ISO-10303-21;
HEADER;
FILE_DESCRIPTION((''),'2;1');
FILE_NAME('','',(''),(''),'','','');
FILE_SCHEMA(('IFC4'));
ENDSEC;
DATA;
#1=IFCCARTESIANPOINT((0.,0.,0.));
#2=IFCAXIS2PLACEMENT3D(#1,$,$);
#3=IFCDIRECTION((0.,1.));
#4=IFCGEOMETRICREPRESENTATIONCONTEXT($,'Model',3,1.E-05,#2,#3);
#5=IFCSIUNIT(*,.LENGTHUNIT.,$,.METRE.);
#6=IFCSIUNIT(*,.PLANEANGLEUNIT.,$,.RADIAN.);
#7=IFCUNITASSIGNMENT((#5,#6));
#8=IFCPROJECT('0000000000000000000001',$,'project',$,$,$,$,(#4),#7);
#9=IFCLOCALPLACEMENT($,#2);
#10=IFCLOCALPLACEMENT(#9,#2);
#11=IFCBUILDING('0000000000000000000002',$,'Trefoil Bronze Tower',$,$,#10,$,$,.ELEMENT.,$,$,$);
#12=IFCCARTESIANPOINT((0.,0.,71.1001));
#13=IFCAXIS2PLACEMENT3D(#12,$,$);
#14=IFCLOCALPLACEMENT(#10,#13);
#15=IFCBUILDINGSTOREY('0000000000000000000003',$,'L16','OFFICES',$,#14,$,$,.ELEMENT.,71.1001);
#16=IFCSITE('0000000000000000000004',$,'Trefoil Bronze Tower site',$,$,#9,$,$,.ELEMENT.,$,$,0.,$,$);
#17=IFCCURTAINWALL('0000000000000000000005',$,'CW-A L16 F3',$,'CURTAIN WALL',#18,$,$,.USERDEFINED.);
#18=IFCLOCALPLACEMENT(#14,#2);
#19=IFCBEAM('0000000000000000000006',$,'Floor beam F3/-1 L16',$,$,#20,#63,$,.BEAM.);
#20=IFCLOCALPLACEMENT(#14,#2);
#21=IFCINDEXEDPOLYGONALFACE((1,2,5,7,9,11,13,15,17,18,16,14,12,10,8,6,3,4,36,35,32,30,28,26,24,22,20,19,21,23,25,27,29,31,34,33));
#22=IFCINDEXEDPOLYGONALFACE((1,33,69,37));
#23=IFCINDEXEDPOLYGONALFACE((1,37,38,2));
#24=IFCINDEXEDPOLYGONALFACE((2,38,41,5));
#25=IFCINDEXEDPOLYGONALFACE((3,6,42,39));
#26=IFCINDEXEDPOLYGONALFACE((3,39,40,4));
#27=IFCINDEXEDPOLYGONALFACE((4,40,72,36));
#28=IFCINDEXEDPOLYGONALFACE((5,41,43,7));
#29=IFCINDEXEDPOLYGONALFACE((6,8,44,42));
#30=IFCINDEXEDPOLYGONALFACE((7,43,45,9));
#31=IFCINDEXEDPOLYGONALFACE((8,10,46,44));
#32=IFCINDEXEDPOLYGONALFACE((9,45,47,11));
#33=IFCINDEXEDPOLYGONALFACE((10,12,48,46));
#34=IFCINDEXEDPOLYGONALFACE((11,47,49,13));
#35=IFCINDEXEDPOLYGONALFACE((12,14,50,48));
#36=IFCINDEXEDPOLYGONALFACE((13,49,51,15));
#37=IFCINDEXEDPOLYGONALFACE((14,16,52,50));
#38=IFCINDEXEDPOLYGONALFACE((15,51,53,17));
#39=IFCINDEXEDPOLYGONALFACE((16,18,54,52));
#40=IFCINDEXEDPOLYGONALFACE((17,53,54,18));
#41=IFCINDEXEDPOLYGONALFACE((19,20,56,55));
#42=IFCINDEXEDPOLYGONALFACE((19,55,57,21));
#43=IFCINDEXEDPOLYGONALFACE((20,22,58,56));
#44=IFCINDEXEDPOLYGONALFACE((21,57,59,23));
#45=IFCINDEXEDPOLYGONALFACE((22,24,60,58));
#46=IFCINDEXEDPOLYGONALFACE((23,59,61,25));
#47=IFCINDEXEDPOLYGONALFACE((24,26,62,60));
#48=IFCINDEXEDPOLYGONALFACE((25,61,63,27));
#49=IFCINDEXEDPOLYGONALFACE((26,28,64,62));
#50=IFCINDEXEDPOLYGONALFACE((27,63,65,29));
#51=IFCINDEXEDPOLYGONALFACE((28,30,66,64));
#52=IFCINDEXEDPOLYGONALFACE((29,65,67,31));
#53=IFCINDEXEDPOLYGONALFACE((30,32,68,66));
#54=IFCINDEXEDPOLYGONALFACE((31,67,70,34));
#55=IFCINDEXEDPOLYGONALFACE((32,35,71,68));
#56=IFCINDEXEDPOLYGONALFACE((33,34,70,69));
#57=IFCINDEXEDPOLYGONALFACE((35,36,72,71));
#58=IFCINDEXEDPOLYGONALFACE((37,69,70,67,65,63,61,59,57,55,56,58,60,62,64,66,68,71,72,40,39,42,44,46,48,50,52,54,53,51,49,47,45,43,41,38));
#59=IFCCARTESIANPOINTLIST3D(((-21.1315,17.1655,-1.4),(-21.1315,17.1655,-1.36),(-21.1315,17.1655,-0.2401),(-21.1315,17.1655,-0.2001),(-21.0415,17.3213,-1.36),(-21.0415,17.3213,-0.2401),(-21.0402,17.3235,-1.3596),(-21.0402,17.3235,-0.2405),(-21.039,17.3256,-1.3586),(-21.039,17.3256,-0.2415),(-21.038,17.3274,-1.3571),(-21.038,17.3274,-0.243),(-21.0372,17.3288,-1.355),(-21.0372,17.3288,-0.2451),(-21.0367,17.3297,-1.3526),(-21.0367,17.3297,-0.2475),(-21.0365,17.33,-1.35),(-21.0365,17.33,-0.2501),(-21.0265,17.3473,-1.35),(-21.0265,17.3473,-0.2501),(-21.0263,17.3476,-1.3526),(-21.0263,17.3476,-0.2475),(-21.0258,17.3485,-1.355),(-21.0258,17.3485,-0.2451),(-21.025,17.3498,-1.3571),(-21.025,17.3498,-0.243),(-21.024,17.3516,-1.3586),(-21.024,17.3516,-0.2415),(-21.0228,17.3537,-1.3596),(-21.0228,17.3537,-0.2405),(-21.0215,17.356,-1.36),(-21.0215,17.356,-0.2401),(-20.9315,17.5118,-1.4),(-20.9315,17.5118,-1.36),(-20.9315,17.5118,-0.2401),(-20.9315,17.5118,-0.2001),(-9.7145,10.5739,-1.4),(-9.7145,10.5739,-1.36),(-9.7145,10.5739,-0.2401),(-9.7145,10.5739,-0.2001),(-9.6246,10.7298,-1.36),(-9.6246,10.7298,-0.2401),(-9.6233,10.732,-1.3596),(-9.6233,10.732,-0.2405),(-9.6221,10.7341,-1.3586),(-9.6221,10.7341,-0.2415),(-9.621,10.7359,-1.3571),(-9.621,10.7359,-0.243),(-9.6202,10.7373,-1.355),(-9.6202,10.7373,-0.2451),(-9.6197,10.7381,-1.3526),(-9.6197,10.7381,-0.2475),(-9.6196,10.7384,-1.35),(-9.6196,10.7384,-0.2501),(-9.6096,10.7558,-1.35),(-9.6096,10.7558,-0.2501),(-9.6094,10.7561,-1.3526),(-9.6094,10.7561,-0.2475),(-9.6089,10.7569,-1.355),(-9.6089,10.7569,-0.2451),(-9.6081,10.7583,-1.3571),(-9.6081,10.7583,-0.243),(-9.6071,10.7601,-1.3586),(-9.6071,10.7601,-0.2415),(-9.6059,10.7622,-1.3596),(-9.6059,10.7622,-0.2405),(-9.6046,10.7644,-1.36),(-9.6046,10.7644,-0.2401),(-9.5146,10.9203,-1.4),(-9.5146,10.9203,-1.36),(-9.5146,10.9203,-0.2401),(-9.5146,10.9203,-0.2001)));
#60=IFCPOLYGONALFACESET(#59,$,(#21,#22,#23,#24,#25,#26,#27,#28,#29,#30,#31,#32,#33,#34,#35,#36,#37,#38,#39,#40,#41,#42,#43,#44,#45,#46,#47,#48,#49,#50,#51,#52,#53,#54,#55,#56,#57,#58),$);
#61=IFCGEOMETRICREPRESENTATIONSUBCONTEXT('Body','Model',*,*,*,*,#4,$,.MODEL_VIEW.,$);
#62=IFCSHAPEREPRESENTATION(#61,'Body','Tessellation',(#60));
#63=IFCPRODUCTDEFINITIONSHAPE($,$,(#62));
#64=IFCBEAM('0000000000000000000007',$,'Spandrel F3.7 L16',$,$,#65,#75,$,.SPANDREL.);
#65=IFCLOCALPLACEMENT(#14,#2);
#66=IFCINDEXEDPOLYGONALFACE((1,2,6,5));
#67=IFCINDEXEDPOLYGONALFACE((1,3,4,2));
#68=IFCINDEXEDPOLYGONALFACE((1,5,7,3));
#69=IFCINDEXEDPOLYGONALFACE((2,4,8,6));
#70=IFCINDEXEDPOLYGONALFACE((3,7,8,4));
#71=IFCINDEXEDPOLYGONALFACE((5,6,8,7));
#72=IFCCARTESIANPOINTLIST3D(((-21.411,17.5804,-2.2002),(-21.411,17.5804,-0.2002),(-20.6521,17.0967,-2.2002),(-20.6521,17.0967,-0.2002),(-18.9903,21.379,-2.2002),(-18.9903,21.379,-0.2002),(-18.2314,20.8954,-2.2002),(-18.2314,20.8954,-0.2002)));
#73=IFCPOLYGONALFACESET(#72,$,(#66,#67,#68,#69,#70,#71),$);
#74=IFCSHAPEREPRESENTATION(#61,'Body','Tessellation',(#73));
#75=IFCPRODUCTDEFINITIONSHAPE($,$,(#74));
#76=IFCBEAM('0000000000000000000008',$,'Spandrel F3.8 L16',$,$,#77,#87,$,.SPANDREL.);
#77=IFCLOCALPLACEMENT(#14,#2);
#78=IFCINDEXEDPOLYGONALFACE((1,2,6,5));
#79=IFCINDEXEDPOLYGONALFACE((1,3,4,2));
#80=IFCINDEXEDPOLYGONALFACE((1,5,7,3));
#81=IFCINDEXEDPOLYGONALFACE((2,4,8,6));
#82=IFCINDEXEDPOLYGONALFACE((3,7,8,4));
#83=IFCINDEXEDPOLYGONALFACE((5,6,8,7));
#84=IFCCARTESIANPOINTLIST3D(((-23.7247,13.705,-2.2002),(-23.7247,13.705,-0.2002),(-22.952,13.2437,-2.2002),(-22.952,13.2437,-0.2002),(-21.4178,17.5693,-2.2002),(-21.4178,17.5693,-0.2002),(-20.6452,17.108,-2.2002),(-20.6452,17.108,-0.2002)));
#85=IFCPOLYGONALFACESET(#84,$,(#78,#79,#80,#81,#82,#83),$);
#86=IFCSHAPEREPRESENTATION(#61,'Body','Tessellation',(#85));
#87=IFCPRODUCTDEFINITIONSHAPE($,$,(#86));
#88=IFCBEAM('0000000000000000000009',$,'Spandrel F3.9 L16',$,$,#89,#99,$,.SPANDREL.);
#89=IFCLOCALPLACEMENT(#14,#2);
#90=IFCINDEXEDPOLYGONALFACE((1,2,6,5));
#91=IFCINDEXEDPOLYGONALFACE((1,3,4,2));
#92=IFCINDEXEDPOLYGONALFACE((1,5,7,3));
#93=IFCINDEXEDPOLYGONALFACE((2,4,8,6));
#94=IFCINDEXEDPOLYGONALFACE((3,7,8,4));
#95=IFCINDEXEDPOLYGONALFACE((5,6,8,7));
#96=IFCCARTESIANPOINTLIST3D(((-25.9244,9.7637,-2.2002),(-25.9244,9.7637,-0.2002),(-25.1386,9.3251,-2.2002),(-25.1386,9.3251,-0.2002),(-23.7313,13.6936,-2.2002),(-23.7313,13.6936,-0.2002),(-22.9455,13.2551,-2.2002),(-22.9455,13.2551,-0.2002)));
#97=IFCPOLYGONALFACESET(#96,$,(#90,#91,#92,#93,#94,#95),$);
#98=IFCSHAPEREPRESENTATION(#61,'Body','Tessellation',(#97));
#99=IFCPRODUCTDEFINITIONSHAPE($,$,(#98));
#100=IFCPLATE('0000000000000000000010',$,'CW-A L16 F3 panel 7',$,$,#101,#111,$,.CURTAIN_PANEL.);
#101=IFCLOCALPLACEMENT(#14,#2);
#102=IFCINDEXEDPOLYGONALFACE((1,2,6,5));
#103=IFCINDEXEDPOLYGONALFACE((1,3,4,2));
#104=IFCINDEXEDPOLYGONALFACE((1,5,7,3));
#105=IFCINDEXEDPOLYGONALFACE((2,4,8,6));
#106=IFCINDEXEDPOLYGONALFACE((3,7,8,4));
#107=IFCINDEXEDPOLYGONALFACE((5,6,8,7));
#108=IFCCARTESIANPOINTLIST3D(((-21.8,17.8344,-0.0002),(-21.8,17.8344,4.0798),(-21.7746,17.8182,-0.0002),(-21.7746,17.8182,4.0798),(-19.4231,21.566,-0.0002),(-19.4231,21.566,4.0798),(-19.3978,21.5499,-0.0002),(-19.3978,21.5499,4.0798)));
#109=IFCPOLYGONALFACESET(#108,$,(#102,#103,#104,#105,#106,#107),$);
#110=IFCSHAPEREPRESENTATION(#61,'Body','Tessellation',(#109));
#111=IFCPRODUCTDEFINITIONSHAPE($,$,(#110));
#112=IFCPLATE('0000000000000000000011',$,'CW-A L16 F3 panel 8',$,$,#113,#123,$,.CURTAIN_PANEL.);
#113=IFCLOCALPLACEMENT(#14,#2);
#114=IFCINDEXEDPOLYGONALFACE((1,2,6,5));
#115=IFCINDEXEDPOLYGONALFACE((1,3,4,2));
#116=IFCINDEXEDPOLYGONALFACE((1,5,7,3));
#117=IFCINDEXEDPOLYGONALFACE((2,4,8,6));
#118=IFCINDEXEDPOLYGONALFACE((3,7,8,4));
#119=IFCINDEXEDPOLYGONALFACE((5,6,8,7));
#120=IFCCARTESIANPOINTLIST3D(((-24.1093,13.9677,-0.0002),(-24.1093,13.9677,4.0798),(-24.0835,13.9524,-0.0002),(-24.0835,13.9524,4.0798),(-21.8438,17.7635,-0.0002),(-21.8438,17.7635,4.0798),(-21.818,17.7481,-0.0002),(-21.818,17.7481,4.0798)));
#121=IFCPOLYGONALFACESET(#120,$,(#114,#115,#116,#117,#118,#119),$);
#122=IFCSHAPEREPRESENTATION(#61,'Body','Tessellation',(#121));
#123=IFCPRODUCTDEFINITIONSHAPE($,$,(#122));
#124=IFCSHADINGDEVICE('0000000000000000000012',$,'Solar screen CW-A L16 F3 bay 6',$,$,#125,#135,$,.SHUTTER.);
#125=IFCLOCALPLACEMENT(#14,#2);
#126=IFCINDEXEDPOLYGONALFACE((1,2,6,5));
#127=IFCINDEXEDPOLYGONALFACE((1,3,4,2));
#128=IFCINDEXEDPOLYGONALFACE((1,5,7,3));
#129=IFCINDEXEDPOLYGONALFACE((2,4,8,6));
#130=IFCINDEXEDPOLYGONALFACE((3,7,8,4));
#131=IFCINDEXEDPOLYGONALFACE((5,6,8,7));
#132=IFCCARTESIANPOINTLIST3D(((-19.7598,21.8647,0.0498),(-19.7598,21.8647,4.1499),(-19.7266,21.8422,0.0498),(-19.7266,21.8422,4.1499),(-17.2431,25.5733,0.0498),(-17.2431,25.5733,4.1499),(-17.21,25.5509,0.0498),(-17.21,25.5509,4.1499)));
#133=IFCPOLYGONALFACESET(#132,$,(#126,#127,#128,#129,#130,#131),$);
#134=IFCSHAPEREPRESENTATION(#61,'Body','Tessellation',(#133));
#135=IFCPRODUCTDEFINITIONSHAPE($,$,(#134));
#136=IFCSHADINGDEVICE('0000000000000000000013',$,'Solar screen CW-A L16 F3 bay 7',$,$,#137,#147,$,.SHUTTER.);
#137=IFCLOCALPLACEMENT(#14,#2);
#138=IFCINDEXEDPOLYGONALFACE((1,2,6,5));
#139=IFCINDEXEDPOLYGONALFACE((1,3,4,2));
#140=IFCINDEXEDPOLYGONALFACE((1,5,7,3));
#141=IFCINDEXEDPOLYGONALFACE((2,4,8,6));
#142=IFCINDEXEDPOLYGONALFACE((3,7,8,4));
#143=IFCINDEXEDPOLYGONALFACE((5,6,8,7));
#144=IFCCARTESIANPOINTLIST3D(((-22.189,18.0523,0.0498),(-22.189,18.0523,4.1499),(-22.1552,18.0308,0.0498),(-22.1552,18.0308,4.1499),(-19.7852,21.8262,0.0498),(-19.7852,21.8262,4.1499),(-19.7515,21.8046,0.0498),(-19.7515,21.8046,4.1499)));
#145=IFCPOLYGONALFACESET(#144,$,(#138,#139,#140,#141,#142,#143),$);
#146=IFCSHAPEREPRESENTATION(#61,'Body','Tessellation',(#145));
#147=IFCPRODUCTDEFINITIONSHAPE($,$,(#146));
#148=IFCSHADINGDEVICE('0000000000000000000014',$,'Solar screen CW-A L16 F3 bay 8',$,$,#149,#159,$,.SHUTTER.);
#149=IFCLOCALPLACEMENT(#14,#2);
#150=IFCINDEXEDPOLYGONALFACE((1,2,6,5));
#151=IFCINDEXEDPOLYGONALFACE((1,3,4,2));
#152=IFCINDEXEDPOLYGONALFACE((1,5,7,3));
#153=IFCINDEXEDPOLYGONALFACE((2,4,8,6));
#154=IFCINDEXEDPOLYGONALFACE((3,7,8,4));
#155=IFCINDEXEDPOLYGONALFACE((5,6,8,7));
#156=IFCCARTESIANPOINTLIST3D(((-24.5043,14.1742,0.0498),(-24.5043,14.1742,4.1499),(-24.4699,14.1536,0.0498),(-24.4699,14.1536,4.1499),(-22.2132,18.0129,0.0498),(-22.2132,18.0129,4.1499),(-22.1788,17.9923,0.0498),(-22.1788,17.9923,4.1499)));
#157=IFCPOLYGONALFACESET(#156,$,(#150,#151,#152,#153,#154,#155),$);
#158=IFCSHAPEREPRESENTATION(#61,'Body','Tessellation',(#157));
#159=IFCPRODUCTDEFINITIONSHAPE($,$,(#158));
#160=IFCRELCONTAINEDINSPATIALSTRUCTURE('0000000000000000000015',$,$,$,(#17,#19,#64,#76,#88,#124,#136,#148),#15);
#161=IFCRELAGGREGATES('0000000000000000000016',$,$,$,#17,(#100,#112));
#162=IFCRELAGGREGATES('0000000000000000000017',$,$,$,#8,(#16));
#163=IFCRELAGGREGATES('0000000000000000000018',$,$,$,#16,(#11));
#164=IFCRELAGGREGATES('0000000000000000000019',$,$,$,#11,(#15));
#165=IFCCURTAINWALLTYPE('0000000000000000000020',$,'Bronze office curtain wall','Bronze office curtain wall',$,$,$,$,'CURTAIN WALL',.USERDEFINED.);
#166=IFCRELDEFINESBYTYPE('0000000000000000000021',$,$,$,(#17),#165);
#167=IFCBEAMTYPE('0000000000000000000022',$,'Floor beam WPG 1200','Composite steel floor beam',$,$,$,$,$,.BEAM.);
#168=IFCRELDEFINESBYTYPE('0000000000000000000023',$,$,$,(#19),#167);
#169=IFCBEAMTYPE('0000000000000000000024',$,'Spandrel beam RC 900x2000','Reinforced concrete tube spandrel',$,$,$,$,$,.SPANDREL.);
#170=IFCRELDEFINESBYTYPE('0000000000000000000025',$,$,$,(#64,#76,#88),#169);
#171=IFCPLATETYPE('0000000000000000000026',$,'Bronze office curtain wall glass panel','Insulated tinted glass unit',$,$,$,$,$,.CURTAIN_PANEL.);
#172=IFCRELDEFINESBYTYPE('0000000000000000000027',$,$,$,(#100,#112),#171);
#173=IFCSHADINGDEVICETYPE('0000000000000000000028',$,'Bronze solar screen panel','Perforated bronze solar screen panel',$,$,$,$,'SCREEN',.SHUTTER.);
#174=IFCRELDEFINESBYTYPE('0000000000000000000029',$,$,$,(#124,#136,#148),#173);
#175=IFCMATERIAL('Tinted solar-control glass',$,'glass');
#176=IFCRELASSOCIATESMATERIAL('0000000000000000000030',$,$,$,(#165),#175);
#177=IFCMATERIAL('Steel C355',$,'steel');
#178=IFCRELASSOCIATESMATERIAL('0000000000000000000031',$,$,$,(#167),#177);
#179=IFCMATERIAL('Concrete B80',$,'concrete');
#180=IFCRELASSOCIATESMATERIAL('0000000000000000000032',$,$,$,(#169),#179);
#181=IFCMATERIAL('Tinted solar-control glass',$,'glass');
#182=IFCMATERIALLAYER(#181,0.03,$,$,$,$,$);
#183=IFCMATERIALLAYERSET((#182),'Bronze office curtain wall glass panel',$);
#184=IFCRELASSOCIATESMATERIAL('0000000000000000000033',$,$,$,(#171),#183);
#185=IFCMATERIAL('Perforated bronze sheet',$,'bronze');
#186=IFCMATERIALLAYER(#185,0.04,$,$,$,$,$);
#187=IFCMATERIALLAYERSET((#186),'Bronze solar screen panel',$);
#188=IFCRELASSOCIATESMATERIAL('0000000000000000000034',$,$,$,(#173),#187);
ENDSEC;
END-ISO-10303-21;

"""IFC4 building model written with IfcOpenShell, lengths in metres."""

from ifc_helpers import new_model, si_unit, direction, frame, origin, origin_2d, place, context, subcontext, project, spatial, rectangle, i_section, extrude, material, layer, layer_set, material_profile, profile_set, type_object, element, aggregate, save


model = new_model("IFC4")

# Units and contexts
model_context = context("Model", 3, precision=1e-05, world=origin(), true_north=direction((0.0, 1.0)))
body_context = subcontext(model_context, "Body", "Model", "MODEL_VIEW")
ifc_project = project(units=[si_unit("LENGTHUNIT", "METRE"), si_unit("PLANEANGLEUNIT", "RADIAN")], contexts=[model_context])

# Site, building, storey
site_placement = place(None, origin())
site = spatial("IfcSite", under=ifc_project, at=site_placement, Name="Trefoil Bronze Tower site", CompositionType="ELEMENT", RefElevation=0.0)
building_placement = place(site_placement, origin())
building = spatial("IfcBuilding", under=site, at=building_placement, Name="Trefoil Bronze Tower", CompositionType="ELEMENT")
storey_placement = place(building_placement, frame((0.0, 0.0, 71.1001)))
storey = spatial("IfcBuildingStorey", under=building, at=storey_placement, Name="L16", Description="OFFICES", CompositionType="ELEMENT", Elevation=71.1001)

# Curtain wall
ifc_material_1 = material(Name="Tinted solar-control glass", Category="glass")
curtain_wall_type = type_object("IfcCurtainWallType", Name="Bronze office curtain wall", Description="Bronze office curtain wall", ElementType="CURTAIN WALL", PredefinedType="USERDEFINED", material=ifc_material_1)
curtain_wall_placement = place(storey_placement, origin())
curtain_wall = element("IfcCurtainWall", 1, at=curtain_wall_placement, inside=storey, type_object=curtain_wall_type, Name="CW-A L16 F3", ObjectType="CURTAIN WALL", PredefinedType="USERDEFINED")

# Beams
ifc_material_2 = material(Name="Steel C355", Category="steel")
ifc_material_profile_1 = material_profile(ifc_material_2, i_section(OverallWidth=0.3999, OverallDepth=1.2, WebThickness=0.02, FlangeThickness=0.04, FilletRadius=0.01, at=origin_2d()), Name="WPG 1200")
ifc_profile_set_1 = profile_set([ifc_material_profile_1], Name="Steel C355")
beam_type_1 = type_object("IfcBeamType", Name="Floor beam WPG 1200", Description="Composite steel floor beam", PredefinedType="BEAM", material=ifc_profile_set_1)
beam_1_placement = place(storey_placement, frame((-21.0315, 17.3386, -0.8), z_axis=(0.866027, -0.499997, 0.0), x_axis=(0.499997, 0.866027, 0.0)))
element("IfcBeam", 2, at=beam_1_placement, inside=storey, type_object=beam_type_1, Name="Floor beam F3/-1 L16", PredefinedType="BEAM", context=body_context, shape_type="SweptSolid", body=[
    extrude(i_section(OverallWidth=0.3999, OverallDepth=1.2, WebThickness=0.02, FlangeThickness=0.04, FilletRadius=0.01, at=origin_2d()), origin(), (0.0, 0.0, 1.0), 13.1831),
])
ifc_material_3 = material(Name="Concrete B80", Category="concrete")
ifc_material_profile_2 = material_profile(ifc_material_3, rectangle(XDim=0.8999, YDim=2.0, at=origin_2d()), Name="RC 900x2000")
ifc_profile_set_2 = profile_set([ifc_material_profile_2], Name="Concrete B80")
beam_type_2 = type_object("IfcBeamType", Name="Spandrel beam RC 900x2000", Description="Reinforced concrete tube spandrel", PredefinedType="SPANDREL", material=ifc_profile_set_2)
beam_2_placement = place(storey_placement, frame((-18.6108, 21.1372, -1.2002), z_axis=(-0.537408, -0.843322, 0.0), x_axis=(0.843322, -0.537408, 0.0)))
element("IfcBeam", 3, at=beam_2_placement, inside=storey, type_object=beam_type_2, Name="Spandrel F3.7 L16", PredefinedType="SPANDREL", context=body_context, shape_type="SweptSolid", body=[
    extrude(rectangle(XDim=0.8999, YDim=2.0, at=origin_2d()), origin(), (0.0, 0.0, 1.0), 4.5044),
])
for number, where, z_axis, x_axis, name in (
    (4, (-21.0315, 17.3386, -1.2002), (-0.512588, -0.858635, 0.0), (0.858635, -0.512588, 0.0), "Spandrel F3.8 L16"),
    (5, (-23.3384, 13.4744, -1.2002), (-0.487309, -0.873229, 0.0), (0.873229, -0.487309, 0.0), "Spandrel F3.9 L16"),
):
    element("IfcBeam", number, at=place(storey_placement, frame(where, z_axis=z_axis, x_axis=x_axis)), inside=storey, type_object=beam_type_2, Name=name, PredefinedType="SPANDREL", context=body_context, shape_type="SweptSolid", body=[
        extrude(rectangle(XDim=0.8999, YDim=2.0, at=origin_2d()), origin(), (0.0, 0.0, 1.0), 4.5005),
    ])

# Plates
ifc_material_4 = material(Name="Tinted solar-control glass", Category="glass")
ifc_layer_1 = layer(ifc_material_4, 0.03)
ifc_layer_set_1 = layer_set([ifc_layer_1], Name="Bronze office curtain wall glass panel")
plate_type = type_object("IfcPlateType", Name="Bronze office curtain wall glass panel", Description="Insulated tinted glass unit", PredefinedType="CURTAIN_PANEL", material=ifc_layer_set_1)
plate_1_placement = place(storey_placement, frame((-20.5989, 19.6921, -0.0002), z_axis=(0.0, 0.0, 1.0), x_axis=(-0.537222, -0.843441, 0.0)))
plate_1 = element("IfcPlate", 6, at=plate_1_placement, type_object=plate_type, Name="CW-A L16 F3 panel 7", PredefinedType="CURTAIN_PANEL", context=body_context, shape_type="SweptSolid", body=[
    extrude(rectangle(XDim=4.4243, YDim=0.03, at=origin_2d()), origin(), (0.0, 0.0, 1.0), 4.0801),
])
plate_2_placement = place(storey_placement, frame((-22.9636, 15.8579, -0.0002), z_axis=(0.0, 0.0, 1.0), x_axis=(-0.512513, -0.85868, 0.0)))
plate_2 = element("IfcPlate", 7, at=plate_2_placement, type_object=plate_type, Name="CW-A L16 F3 panel 8", PredefinedType="CURTAIN_PANEL", context=body_context, shape_type="SweptSolid", body=[
    extrude(rectangle(XDim=4.4204, YDim=0.03, at=origin_2d()), origin(), (0.0, 0.0, 1.0), 4.0801),
])
aggregate(curtain_wall, [plate_1, plate_2])

# Shading devices
ifc_material_5 = material(Name="Perforated bronze sheet", Category="bronze")
ifc_layer_2 = layer(ifc_material_5, 0.04)
ifc_layer_set_2 = layer_set([ifc_layer_2], Name="Bronze solar screen panel")
shading_device_type = type_object("IfcShadingDeviceType", Name="Bronze solar screen panel", Description="Perforated bronze solar screen panel", ElementType="SCREEN", PredefinedType="SHUTTER", material=ifc_layer_set_2)
shading_device_1_placement = place(storey_placement, frame((-18.4849, 23.7078, 0.0498), z_axis=(0.0, 0.0, 1.0), x_axis=(-0.56151, -0.82747, 0.0)))
element("IfcShadingDevice", 8, at=shading_device_1_placement, inside=storey, type_object=shading_device_type, Name="Solar screen CW-A L16 F3 bay 6", PredefinedType="SHUTTER", context=body_context, shape_type="SweptSolid", body=[
    extrude(rectangle(XDim=4.4819, YDim=0.04, at=origin_2d()), origin(), (0.0, 0.0, 1.0), 4.1001),
])
shading_device_2_placement = place(storey_placement, frame((-20.9702, 19.9285, 0.0498), z_axis=(0.0, 0.0, 1.0), x_axis=(-0.537222, -0.843441, 0.0)))
element("IfcShadingDevice", 9, at=shading_device_2_placement, inside=storey, type_object=shading_device_type, Name="Solar screen CW-A L16 F3 bay 7", PredefinedType="SHUTTER", context=body_context, shape_type="SweptSolid", body=[
    extrude(rectangle(XDim=4.4744, YDim=0.04, at=origin_2d()), origin(), (0.0, 0.0, 1.0), 4.1001),
])
shading_device_3_placement = place(storey_placement, frame((-23.3416, 16.0833, 0.0498), z_axis=(0.0, 0.0, 1.0), x_axis=(-0.512513, -0.85868, 0.0)))
element("IfcShadingDevice", 10, at=shading_device_3_placement, inside=storey, type_object=shading_device_type, Name="Solar screen CW-A L16 F3 bay 8", PredefinedType="SHUTTER", context=body_context, shape_type="SweptSolid", body=[
    extrude(rectangle(XDim=4.4705, YDim=0.04, at=origin_2d()), origin(), (0.0, 0.0, 1.0), 4.1001),
])

save(model, "model.ifc")
